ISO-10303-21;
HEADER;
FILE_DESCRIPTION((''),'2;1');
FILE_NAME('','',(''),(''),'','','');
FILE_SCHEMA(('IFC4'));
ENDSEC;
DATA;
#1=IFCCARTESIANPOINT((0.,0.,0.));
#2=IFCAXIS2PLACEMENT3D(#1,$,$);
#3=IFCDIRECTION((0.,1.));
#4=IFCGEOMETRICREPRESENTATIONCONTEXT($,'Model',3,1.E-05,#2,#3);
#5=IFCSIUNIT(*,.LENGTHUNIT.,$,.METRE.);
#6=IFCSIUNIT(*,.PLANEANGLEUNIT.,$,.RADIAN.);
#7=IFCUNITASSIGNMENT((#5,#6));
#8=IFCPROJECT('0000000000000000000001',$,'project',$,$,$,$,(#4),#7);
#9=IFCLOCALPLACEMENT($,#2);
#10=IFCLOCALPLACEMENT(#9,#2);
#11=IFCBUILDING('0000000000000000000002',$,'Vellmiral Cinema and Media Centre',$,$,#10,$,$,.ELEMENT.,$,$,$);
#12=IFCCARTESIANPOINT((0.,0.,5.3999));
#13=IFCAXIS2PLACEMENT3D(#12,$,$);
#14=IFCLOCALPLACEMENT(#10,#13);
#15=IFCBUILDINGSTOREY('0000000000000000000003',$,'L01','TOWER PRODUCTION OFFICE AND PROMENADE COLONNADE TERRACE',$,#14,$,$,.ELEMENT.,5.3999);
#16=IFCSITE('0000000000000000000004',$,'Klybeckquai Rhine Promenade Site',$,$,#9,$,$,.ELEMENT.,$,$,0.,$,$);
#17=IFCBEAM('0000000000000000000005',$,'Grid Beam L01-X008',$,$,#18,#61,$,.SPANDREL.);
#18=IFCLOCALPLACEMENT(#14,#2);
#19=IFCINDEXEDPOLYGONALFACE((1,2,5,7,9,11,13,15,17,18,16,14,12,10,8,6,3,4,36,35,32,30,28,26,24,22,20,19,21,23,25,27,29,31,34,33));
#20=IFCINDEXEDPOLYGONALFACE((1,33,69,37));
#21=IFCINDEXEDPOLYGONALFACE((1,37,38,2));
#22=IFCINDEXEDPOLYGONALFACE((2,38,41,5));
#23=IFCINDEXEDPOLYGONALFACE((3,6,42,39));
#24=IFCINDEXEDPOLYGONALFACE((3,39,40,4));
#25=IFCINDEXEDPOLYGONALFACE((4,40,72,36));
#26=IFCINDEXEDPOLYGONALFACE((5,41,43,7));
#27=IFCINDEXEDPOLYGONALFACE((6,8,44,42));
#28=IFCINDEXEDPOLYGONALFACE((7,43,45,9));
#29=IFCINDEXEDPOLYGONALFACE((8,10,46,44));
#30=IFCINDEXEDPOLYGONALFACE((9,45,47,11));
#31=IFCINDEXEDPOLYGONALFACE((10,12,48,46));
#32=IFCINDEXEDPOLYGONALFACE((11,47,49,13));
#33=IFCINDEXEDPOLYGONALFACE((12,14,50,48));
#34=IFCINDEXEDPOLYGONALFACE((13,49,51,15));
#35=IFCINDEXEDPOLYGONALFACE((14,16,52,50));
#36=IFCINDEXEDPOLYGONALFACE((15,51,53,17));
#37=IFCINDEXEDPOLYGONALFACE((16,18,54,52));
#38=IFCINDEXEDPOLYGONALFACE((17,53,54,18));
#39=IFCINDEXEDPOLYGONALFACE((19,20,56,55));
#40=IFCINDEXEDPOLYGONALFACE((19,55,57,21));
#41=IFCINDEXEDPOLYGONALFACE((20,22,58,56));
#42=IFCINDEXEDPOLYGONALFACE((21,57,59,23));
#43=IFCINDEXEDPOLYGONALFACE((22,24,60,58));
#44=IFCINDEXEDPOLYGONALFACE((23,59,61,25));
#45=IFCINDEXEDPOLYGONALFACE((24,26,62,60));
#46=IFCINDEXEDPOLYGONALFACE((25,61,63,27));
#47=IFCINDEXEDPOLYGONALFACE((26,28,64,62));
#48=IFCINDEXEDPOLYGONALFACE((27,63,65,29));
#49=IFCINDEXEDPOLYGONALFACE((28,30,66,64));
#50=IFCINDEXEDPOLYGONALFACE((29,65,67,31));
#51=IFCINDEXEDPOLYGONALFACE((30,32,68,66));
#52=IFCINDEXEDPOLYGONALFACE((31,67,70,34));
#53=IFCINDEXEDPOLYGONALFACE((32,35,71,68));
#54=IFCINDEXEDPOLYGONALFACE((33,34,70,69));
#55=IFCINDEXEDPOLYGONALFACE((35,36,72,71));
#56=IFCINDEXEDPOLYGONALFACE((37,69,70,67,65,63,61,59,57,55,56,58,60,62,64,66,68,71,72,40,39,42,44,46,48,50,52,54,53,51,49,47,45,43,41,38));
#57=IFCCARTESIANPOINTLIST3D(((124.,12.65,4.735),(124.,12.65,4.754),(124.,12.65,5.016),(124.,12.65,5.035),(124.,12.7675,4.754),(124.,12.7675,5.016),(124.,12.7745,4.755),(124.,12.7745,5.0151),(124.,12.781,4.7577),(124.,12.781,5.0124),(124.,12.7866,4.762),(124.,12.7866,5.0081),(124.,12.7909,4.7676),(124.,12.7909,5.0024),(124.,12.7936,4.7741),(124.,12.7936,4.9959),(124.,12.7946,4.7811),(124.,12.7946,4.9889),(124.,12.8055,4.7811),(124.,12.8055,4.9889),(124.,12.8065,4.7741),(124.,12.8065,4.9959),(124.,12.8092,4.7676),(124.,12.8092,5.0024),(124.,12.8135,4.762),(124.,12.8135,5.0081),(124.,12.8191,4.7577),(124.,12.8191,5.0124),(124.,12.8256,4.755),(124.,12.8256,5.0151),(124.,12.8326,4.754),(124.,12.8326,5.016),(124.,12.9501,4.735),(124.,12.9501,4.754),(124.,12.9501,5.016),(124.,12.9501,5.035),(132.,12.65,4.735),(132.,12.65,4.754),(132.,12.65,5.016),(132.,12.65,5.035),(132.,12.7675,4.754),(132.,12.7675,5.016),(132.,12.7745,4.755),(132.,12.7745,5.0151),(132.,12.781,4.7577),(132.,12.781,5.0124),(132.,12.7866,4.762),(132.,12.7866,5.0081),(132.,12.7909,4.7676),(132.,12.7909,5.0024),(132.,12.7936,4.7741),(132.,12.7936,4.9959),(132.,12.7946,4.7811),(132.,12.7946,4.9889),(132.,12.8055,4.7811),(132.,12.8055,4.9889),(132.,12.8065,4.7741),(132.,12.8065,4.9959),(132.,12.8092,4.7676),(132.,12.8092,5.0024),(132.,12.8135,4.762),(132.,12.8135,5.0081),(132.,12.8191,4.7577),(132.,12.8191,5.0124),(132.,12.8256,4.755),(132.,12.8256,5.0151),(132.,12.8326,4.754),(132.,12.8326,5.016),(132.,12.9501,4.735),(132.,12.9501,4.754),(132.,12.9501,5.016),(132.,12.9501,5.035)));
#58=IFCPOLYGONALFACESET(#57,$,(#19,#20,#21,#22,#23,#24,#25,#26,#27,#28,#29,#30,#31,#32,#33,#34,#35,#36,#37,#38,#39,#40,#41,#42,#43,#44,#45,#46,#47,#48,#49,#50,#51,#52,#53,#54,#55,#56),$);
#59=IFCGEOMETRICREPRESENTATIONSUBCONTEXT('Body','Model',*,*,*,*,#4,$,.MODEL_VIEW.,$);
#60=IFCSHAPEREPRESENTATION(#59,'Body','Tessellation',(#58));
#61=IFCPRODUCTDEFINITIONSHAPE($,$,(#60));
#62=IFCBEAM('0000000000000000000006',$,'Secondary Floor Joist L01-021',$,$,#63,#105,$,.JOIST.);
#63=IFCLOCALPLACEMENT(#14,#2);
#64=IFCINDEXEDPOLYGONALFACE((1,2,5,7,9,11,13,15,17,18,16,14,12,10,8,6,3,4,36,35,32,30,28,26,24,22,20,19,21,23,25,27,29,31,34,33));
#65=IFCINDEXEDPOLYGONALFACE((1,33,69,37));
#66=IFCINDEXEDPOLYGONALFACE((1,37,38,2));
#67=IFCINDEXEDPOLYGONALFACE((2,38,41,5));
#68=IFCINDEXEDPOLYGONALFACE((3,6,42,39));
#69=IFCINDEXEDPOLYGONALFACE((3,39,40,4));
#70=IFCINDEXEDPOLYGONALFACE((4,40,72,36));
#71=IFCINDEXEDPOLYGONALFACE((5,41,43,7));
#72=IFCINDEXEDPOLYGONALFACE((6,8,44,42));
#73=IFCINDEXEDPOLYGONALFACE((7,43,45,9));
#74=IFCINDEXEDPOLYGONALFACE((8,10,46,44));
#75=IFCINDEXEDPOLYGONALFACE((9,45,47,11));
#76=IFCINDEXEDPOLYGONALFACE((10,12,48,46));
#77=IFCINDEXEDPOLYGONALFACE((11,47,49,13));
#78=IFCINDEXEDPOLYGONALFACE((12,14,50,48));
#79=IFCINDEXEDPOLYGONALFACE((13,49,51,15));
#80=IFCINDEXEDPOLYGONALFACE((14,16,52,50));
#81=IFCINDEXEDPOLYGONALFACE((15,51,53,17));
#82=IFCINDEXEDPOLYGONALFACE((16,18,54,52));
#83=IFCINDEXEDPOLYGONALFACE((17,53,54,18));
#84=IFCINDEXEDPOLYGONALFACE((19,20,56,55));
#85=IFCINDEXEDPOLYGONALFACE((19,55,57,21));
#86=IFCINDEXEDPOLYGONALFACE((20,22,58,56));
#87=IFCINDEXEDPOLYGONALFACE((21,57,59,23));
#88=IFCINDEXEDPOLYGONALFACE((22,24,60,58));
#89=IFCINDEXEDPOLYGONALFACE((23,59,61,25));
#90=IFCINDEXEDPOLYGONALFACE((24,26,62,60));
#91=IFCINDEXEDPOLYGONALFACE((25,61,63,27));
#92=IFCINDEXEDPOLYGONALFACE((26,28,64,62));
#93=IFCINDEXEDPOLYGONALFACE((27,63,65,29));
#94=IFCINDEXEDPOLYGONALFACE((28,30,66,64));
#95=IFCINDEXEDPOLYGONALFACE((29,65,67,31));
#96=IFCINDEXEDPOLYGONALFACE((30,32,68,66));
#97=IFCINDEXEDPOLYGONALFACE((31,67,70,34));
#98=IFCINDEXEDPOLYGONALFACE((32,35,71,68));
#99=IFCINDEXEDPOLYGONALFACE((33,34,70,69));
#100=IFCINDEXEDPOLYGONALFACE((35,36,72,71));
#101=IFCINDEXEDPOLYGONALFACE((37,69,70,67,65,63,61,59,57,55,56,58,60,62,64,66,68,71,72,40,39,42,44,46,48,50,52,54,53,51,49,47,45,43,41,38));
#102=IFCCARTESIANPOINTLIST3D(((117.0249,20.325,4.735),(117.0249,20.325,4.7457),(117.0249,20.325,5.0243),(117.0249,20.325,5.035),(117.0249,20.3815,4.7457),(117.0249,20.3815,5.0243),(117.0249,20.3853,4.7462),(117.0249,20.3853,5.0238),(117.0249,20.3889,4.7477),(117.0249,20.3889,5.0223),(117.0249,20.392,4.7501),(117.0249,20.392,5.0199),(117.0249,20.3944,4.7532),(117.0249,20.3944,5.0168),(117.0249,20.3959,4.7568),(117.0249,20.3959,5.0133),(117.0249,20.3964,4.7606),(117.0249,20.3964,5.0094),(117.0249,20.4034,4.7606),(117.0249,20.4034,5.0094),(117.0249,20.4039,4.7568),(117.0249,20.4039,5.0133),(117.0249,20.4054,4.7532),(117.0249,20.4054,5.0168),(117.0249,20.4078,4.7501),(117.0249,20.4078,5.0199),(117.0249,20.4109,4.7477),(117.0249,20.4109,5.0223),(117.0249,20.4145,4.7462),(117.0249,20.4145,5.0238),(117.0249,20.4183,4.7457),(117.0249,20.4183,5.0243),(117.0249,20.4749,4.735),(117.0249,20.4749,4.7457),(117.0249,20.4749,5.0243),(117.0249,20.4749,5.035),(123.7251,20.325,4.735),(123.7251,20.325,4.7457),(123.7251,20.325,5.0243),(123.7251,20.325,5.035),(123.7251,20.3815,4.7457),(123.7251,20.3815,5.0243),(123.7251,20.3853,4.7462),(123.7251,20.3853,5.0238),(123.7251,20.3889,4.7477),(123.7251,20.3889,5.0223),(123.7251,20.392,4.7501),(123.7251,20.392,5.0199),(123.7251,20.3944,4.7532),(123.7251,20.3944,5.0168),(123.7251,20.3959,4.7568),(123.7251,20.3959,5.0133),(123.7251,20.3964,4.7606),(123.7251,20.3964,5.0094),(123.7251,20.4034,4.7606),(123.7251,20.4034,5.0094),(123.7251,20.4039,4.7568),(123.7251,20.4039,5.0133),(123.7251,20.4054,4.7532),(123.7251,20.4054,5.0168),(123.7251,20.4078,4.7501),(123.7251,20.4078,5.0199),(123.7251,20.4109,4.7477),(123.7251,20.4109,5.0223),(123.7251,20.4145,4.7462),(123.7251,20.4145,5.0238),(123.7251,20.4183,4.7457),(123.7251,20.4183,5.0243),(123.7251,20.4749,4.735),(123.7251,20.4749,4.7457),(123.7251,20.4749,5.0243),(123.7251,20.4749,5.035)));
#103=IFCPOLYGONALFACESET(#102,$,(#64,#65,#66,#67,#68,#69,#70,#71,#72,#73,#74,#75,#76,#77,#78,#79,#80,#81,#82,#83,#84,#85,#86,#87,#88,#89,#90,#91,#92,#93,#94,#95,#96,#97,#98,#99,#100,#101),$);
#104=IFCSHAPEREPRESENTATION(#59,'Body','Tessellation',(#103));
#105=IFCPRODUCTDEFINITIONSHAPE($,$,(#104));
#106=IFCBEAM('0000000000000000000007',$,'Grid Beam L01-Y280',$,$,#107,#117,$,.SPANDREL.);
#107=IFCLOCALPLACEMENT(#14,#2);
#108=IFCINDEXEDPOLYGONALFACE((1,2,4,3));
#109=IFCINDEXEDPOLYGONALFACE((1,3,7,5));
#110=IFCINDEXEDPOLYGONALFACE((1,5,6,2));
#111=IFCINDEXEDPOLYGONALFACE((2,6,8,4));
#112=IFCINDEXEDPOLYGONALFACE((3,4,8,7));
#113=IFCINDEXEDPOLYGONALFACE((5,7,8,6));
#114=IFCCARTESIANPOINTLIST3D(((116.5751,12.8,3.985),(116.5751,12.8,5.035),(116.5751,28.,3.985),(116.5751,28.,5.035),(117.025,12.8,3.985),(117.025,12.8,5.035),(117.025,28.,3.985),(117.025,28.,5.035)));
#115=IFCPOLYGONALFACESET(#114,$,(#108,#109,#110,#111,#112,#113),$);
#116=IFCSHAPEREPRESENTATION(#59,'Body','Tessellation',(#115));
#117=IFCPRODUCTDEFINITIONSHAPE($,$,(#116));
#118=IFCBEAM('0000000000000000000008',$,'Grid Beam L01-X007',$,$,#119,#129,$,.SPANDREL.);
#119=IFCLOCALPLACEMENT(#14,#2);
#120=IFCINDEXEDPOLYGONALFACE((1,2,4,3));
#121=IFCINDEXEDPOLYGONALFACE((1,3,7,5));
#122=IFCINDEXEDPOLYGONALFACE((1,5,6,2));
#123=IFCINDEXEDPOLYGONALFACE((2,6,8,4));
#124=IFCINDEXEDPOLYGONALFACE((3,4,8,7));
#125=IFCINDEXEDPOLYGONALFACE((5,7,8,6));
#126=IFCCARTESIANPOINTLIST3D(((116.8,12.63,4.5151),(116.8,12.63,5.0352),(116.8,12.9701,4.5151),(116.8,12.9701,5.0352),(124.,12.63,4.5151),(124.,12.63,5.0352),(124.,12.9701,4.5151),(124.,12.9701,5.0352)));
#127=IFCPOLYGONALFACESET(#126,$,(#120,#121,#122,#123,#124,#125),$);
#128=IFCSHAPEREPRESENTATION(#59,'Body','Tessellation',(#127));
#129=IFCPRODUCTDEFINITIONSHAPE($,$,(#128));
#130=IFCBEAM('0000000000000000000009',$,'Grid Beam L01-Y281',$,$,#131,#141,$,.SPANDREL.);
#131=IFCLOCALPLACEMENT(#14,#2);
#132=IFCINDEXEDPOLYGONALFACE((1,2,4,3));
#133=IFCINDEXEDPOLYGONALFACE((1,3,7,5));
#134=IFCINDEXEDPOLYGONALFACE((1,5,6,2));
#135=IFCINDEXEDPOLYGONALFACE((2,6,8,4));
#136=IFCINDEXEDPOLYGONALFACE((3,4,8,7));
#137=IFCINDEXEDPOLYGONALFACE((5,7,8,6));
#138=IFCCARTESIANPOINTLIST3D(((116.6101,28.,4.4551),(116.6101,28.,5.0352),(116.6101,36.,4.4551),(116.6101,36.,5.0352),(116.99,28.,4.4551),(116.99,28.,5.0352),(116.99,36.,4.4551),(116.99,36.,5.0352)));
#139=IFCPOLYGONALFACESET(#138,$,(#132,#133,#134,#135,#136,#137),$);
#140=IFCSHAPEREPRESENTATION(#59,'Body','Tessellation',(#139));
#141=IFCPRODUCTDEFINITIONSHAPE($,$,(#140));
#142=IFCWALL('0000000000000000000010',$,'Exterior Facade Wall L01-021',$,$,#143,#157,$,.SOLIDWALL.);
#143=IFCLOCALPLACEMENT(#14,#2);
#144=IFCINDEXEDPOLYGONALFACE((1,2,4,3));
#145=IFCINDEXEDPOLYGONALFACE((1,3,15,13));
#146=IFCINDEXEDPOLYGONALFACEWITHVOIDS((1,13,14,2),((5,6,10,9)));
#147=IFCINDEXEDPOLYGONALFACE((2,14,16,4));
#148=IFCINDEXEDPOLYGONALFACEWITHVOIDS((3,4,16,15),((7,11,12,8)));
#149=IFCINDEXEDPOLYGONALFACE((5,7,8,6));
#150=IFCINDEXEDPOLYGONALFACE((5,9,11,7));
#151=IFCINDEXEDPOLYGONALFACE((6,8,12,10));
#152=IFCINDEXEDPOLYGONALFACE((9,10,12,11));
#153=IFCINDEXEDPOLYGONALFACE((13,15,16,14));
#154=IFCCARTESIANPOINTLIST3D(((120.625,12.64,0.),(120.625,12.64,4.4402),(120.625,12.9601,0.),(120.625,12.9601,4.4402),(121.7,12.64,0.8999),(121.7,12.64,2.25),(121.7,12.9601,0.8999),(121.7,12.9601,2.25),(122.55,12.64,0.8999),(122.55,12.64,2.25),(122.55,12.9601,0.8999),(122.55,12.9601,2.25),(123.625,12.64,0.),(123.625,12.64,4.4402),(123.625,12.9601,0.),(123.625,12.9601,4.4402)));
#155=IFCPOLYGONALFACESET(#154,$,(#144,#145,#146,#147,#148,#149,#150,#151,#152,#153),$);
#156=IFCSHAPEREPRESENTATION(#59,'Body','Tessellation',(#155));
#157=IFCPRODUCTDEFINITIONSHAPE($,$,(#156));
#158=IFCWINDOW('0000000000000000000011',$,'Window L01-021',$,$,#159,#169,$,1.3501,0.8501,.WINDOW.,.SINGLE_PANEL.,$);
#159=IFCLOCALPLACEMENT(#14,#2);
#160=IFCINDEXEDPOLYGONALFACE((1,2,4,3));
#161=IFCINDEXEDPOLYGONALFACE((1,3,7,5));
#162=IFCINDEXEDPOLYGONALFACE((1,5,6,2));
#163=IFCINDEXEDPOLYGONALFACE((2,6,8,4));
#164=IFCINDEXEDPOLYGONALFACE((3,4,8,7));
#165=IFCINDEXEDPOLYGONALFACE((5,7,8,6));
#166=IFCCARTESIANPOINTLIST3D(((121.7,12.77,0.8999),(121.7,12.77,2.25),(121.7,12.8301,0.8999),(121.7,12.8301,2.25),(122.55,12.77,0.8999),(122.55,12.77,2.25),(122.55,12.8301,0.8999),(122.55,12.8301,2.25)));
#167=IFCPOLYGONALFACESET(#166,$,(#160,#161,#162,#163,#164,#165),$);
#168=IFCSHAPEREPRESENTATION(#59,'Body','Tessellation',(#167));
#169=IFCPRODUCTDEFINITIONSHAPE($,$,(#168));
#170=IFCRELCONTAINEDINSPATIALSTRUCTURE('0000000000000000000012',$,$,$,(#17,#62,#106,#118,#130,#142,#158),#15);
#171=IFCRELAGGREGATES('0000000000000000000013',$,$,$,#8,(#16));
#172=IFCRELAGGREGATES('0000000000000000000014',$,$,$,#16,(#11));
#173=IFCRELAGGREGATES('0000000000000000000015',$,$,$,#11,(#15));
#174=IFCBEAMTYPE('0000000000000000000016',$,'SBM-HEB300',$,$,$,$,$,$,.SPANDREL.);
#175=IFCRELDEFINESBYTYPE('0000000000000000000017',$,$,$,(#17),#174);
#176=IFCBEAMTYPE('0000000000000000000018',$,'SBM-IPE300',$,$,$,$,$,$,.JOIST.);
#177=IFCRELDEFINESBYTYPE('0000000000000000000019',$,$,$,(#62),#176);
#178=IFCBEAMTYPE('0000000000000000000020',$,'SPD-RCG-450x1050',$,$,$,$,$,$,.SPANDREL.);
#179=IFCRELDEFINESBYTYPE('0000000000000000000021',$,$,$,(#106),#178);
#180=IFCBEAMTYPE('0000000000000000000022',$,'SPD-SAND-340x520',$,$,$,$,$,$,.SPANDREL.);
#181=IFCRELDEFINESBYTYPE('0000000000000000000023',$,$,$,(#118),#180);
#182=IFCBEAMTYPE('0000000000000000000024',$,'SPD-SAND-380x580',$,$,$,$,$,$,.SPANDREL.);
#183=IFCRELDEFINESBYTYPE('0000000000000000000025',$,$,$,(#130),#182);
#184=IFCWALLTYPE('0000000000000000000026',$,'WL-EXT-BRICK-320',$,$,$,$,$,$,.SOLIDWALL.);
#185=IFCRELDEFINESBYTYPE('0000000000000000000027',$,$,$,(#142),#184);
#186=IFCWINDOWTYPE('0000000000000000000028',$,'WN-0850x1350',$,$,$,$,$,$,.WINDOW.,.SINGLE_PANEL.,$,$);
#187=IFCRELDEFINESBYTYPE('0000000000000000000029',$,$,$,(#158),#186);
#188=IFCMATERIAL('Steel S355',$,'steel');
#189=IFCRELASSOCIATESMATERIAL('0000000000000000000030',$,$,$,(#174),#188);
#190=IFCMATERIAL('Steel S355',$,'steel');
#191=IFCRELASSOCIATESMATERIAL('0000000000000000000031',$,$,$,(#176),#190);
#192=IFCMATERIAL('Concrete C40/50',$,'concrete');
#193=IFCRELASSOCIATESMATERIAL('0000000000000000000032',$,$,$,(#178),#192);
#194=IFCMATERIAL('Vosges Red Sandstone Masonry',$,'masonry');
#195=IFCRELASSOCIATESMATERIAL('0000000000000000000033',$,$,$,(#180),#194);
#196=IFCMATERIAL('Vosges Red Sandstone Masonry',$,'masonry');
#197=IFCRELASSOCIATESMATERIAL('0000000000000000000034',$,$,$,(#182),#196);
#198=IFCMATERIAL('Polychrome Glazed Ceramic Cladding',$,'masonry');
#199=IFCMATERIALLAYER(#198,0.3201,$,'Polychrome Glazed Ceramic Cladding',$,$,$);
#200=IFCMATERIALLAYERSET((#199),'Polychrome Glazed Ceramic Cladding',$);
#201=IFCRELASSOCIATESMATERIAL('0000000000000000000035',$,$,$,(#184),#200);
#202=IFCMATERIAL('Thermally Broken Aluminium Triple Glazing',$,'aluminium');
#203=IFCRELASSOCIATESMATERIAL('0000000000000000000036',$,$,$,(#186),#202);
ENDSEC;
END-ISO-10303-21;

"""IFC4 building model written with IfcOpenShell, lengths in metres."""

from ifc_helpers import new_model, si_unit, direction, frame, frame_2d, origin, origin_2d, place, context, subcontext, project, spatial, rectangle, i_section, extrude, material, layer, layer_set, material_profile, profile_set, type_object, element, fill, save


model = new_model("IFC4")

# Units and contexts
model_context = context("Model", 3, precision=1e-05, world=origin(), true_north=direction((0.0, 1.0)))
body_context = subcontext(model_context, "Body", "Model", "MODEL_VIEW")
ifc_project = project(units=[si_unit("LENGTHUNIT", "METRE"), si_unit("PLANEANGLEUNIT", "RADIAN")], contexts=[model_context])

# Site, building, storey
site_placement = place(None, origin())
site = spatial("IfcSite", under=ifc_project, at=site_placement, Name="Klybeckquai Rhine Promenade Site", CompositionType="ELEMENT", RefElevation=0.0)
building_placement = place(site_placement, origin())
building = spatial("IfcBuilding", under=site, at=building_placement, Name="Vellmiral Cinema and Media Centre", CompositionType="ELEMENT")
storey_placement = place(building_placement, frame((0.0, 0.0, 5.3999)))
storey = spatial("IfcBuildingStorey", under=building, at=storey_placement, Name="L01", Description="TOWER PRODUCTION OFFICE AND PROMENADE COLONNADE TERRACE", CompositionType="ELEMENT", Elevation=5.3999)

# Beams
ifc_material_1 = material(Name="Steel S355", Category="steel")
ifc_material_profile_1 = material_profile(ifc_material_1, i_section(OverallWidth=0.3, OverallDepth=0.3, WebThickness=0.011, FlangeThickness=0.019, FilletRadius=0.0271, at=origin_2d()), Name="HEB 300")
ifc_profile_set_1 = profile_set([ifc_material_profile_1], Name="Steel S355")
beam_type_1 = type_object("IfcBeamType", Name="SBM-HEB300", PredefinedType="SPANDREL", material=ifc_profile_set_1)
beam_1_placement = place(storey_placement, frame((124.0, 12.8, 4.885), z_axis=(1.0, 0.0, 0.0), x_axis=(0.0, 1.0, 0.0)))
element("IfcBeam", 1, at=beam_1_placement, inside=storey, type_object=beam_type_1, Name="Grid Beam L01-X008", PredefinedType="SPANDREL", context=body_context, shape_type="SweptSolid", body=[
    extrude(i_section(OverallWidth=0.3, OverallDepth=0.3, WebThickness=0.011, FlangeThickness=0.019, FilletRadius=0.0271, at=origin_2d()), origin(), (0.0, 0.0, 1.0), 8.0),
])
ifc_material_2 = material(Name="Steel S355", Category="steel")
ifc_material_profile_2 = material_profile(ifc_material_2, i_section(OverallWidth=0.1499, OverallDepth=0.3, WebThickness=0.0071, FlangeThickness=0.0107, FilletRadius=0.0149, at=origin_2d()), Name="IPE 300")
ifc_profile_set_2 = profile_set([ifc_material_profile_2], Name="Steel S355")
beam_type_2 = type_object("IfcBeamType", Name="SBM-IPE300", PredefinedType="JOIST", material=ifc_profile_set_2)
beam_2_placement = place(storey_placement, frame((117.0249, 20.3999, 4.885), z_axis=(1.0, 0.0, 0.0), x_axis=(0.0, 1.0, 0.0)))
element("IfcBeam", 2, at=beam_2_placement, inside=storey, type_object=beam_type_2, Name="Secondary Floor Joist L01-021", PredefinedType="JOIST", context=body_context, shape_type="SweptSolid", body=[
    extrude(i_section(OverallWidth=0.1499, OverallDepth=0.3, WebThickness=0.0071, FlangeThickness=0.0107, FilletRadius=0.0149, at=origin_2d()), origin(), (0.0, 0.0, 1.0), 6.7002),
])
ifc_material_3 = material(Name="Concrete C40/50", Category="concrete")
ifc_material_profile_3 = material_profile(ifc_material_3, rectangle(XDim=0.45, YDim=1.05, at=origin_2d()), Name="RC 450x1050")
ifc_profile_set_3 = profile_set([ifc_material_profile_3], Name="Concrete C40/50")
beam_type_3 = type_object("IfcBeamType", Name="SPD-RCG-450x1050", PredefinedType="SPANDREL", material=ifc_profile_set_3)
beam_3_placement = place(storey_placement, frame((116.8, 12.8, 4.51), z_axis=(0.0, 1.0, 0.0), x_axis=(-1.0, 0.0, 0.0)))
element("IfcBeam", 3, at=beam_3_placement, inside=storey, type_object=beam_type_3, Name="Grid Beam L01-Y280", PredefinedType="SPANDREL", context=body_context, shape_type="SweptSolid", body=[
    extrude(rectangle(XDim=0.45, YDim=1.05, at=origin_2d()), origin(), (0.0, 0.0, 1.0), 15.2),
])
ifc_material_4 = material(Name="Vosges Red Sandstone Masonry", Category="masonry")
ifc_material_profile_4 = material_profile(ifc_material_4, rectangle(XDim=0.3401, YDim=0.52, at=origin_2d()), Name="SAND 340x520")
ifc_profile_set_4 = profile_set([ifc_material_profile_4], Name="Vosges Red Sandstone Masonry")
beam_type_4 = type_object("IfcBeamType", Name="SPD-SAND-340x520", PredefinedType="SPANDREL", material=ifc_profile_set_4)
beam_4_placement = place(storey_placement, frame((116.8, 12.8, 4.7751), z_axis=(1.0, 0.0, 0.0), x_axis=(0.0, 1.0, 0.0)))
element("IfcBeam", 4, at=beam_4_placement, inside=storey, type_object=beam_type_4, Name="Grid Beam L01-X007", PredefinedType="SPANDREL", context=body_context, shape_type="SweptSolid", body=[
    extrude(rectangle(XDim=0.3401, YDim=0.52, at=origin_2d()), origin(), (0.0, 0.0, 1.0), 7.2),
])
ifc_material_5 = material(Name="Vosges Red Sandstone Masonry", Category="masonry")
ifc_material_profile_5 = material_profile(ifc_material_5, rectangle(XDim=0.3799, YDim=0.5801, at=origin_2d()), Name="SAND 380x580")
ifc_profile_set_5 = profile_set([ifc_material_profile_5], Name="Vosges Red Sandstone Masonry")
beam_type_5 = type_object("IfcBeamType", Name="SPD-SAND-380x580", PredefinedType="SPANDREL", material=ifc_profile_set_5)
beam_5_placement = place(storey_placement, frame((116.8, 28.0, 4.7451), z_axis=(0.0, 1.0, 0.0), x_axis=(-1.0, 0.0, 0.0)))
element("IfcBeam", 5, at=beam_5_placement, inside=storey, type_object=beam_type_5, Name="Grid Beam L01-Y281", PredefinedType="SPANDREL", context=body_context, shape_type="SweptSolid", body=[
    extrude(rectangle(XDim=0.3799, YDim=0.5801, at=origin_2d()), origin(), (0.0, 0.0, 1.0), 8.0),
])

# Wall, opening, window
ifc_material_6 = material(Name="Polychrome Glazed Ceramic Cladding", Category="masonry")
ifc_layer_1 = layer(ifc_material_6, 0.3201, Name="Polychrome Glazed Ceramic Cladding")
ifc_layer_set_1 = layer_set([ifc_layer_1], Name="Polychrome Glazed Ceramic Cladding")
wall_type_1 = type_object("IfcWallType", Name="WL-EXT-BRICK-320", PredefinedType="SOLIDWALL", material=ifc_layer_set_1)
wall_1_placement = place(storey_placement, frame((120.625, 12.8, 0.0), z_axis=(0.0, 0.0, 1.0), x_axis=(1.0, 0.0, 0.0)))
wall_1 = element("IfcWall", 6, at=wall_1_placement, inside=storey, type_object=wall_type_1, Name="Exterior Facade Wall L01-021", PredefinedType="SOLIDWALL", context=body_context, shape_type="SweptSolid", body=[
    extrude(rectangle(XDim=3.0, YDim=0.3201, at=frame_2d((1.5, 0.0))), origin(), (0.0, 0.0, 1.0), 4.4402),
])
opening_1_placement = place(wall_1_placement, frame((1.075, 0.0, 0.8999)))
opening_1 = element("IfcOpeningElement", 7, at=opening_1_placement, cuts=wall_1, PredefinedType="OPENING", context=body_context, shape_type="SweptSolid", body=[
    extrude(rectangle(XDim=0.8501, YDim=1.3501, at=frame_2d((0.425, 0.675))), frame((0.0, 0.1719, 0.0), z_axis=(0.0, -1.0, 0.0), x_axis=(1.0, 0.0, 0.0)), (0.0, 0.0, 1.0), 0.344),
])
ifc_material_7 = material(Name="Thermally Broken Aluminium Triple Glazing", Category="aluminium")
window_type_1 = type_object("IfcWindowType", Name="WN-0850x1350", PartitioningType="SINGLE_PANEL", PredefinedType="WINDOW", material=ifc_material_7)
window_1_placement = place(opening_1_placement, origin())
window_1 = element("IfcWindow", 8, at=window_1_placement, inside=storey, type_object=window_type_1, Name="Window L01-021", OverallHeight=1.3501, OverallWidth=0.8501, PartitioningType="SINGLE_PANEL", PredefinedType="WINDOW", context=body_context, shape_type="SweptSolid", body=[
    extrude(rectangle(XDim=0.8501, YDim=1.3501, at=frame_2d((0.425, 0.675))), frame((0.0, 0.03, 0.0), z_axis=(0.0, -1.0, 0.0), x_axis=(1.0, 0.0, 0.0)), (0.0, 0.0, 1.0), 0.0601),
])
fill(opening_1, window_1)

save(model, "model.ifc")
